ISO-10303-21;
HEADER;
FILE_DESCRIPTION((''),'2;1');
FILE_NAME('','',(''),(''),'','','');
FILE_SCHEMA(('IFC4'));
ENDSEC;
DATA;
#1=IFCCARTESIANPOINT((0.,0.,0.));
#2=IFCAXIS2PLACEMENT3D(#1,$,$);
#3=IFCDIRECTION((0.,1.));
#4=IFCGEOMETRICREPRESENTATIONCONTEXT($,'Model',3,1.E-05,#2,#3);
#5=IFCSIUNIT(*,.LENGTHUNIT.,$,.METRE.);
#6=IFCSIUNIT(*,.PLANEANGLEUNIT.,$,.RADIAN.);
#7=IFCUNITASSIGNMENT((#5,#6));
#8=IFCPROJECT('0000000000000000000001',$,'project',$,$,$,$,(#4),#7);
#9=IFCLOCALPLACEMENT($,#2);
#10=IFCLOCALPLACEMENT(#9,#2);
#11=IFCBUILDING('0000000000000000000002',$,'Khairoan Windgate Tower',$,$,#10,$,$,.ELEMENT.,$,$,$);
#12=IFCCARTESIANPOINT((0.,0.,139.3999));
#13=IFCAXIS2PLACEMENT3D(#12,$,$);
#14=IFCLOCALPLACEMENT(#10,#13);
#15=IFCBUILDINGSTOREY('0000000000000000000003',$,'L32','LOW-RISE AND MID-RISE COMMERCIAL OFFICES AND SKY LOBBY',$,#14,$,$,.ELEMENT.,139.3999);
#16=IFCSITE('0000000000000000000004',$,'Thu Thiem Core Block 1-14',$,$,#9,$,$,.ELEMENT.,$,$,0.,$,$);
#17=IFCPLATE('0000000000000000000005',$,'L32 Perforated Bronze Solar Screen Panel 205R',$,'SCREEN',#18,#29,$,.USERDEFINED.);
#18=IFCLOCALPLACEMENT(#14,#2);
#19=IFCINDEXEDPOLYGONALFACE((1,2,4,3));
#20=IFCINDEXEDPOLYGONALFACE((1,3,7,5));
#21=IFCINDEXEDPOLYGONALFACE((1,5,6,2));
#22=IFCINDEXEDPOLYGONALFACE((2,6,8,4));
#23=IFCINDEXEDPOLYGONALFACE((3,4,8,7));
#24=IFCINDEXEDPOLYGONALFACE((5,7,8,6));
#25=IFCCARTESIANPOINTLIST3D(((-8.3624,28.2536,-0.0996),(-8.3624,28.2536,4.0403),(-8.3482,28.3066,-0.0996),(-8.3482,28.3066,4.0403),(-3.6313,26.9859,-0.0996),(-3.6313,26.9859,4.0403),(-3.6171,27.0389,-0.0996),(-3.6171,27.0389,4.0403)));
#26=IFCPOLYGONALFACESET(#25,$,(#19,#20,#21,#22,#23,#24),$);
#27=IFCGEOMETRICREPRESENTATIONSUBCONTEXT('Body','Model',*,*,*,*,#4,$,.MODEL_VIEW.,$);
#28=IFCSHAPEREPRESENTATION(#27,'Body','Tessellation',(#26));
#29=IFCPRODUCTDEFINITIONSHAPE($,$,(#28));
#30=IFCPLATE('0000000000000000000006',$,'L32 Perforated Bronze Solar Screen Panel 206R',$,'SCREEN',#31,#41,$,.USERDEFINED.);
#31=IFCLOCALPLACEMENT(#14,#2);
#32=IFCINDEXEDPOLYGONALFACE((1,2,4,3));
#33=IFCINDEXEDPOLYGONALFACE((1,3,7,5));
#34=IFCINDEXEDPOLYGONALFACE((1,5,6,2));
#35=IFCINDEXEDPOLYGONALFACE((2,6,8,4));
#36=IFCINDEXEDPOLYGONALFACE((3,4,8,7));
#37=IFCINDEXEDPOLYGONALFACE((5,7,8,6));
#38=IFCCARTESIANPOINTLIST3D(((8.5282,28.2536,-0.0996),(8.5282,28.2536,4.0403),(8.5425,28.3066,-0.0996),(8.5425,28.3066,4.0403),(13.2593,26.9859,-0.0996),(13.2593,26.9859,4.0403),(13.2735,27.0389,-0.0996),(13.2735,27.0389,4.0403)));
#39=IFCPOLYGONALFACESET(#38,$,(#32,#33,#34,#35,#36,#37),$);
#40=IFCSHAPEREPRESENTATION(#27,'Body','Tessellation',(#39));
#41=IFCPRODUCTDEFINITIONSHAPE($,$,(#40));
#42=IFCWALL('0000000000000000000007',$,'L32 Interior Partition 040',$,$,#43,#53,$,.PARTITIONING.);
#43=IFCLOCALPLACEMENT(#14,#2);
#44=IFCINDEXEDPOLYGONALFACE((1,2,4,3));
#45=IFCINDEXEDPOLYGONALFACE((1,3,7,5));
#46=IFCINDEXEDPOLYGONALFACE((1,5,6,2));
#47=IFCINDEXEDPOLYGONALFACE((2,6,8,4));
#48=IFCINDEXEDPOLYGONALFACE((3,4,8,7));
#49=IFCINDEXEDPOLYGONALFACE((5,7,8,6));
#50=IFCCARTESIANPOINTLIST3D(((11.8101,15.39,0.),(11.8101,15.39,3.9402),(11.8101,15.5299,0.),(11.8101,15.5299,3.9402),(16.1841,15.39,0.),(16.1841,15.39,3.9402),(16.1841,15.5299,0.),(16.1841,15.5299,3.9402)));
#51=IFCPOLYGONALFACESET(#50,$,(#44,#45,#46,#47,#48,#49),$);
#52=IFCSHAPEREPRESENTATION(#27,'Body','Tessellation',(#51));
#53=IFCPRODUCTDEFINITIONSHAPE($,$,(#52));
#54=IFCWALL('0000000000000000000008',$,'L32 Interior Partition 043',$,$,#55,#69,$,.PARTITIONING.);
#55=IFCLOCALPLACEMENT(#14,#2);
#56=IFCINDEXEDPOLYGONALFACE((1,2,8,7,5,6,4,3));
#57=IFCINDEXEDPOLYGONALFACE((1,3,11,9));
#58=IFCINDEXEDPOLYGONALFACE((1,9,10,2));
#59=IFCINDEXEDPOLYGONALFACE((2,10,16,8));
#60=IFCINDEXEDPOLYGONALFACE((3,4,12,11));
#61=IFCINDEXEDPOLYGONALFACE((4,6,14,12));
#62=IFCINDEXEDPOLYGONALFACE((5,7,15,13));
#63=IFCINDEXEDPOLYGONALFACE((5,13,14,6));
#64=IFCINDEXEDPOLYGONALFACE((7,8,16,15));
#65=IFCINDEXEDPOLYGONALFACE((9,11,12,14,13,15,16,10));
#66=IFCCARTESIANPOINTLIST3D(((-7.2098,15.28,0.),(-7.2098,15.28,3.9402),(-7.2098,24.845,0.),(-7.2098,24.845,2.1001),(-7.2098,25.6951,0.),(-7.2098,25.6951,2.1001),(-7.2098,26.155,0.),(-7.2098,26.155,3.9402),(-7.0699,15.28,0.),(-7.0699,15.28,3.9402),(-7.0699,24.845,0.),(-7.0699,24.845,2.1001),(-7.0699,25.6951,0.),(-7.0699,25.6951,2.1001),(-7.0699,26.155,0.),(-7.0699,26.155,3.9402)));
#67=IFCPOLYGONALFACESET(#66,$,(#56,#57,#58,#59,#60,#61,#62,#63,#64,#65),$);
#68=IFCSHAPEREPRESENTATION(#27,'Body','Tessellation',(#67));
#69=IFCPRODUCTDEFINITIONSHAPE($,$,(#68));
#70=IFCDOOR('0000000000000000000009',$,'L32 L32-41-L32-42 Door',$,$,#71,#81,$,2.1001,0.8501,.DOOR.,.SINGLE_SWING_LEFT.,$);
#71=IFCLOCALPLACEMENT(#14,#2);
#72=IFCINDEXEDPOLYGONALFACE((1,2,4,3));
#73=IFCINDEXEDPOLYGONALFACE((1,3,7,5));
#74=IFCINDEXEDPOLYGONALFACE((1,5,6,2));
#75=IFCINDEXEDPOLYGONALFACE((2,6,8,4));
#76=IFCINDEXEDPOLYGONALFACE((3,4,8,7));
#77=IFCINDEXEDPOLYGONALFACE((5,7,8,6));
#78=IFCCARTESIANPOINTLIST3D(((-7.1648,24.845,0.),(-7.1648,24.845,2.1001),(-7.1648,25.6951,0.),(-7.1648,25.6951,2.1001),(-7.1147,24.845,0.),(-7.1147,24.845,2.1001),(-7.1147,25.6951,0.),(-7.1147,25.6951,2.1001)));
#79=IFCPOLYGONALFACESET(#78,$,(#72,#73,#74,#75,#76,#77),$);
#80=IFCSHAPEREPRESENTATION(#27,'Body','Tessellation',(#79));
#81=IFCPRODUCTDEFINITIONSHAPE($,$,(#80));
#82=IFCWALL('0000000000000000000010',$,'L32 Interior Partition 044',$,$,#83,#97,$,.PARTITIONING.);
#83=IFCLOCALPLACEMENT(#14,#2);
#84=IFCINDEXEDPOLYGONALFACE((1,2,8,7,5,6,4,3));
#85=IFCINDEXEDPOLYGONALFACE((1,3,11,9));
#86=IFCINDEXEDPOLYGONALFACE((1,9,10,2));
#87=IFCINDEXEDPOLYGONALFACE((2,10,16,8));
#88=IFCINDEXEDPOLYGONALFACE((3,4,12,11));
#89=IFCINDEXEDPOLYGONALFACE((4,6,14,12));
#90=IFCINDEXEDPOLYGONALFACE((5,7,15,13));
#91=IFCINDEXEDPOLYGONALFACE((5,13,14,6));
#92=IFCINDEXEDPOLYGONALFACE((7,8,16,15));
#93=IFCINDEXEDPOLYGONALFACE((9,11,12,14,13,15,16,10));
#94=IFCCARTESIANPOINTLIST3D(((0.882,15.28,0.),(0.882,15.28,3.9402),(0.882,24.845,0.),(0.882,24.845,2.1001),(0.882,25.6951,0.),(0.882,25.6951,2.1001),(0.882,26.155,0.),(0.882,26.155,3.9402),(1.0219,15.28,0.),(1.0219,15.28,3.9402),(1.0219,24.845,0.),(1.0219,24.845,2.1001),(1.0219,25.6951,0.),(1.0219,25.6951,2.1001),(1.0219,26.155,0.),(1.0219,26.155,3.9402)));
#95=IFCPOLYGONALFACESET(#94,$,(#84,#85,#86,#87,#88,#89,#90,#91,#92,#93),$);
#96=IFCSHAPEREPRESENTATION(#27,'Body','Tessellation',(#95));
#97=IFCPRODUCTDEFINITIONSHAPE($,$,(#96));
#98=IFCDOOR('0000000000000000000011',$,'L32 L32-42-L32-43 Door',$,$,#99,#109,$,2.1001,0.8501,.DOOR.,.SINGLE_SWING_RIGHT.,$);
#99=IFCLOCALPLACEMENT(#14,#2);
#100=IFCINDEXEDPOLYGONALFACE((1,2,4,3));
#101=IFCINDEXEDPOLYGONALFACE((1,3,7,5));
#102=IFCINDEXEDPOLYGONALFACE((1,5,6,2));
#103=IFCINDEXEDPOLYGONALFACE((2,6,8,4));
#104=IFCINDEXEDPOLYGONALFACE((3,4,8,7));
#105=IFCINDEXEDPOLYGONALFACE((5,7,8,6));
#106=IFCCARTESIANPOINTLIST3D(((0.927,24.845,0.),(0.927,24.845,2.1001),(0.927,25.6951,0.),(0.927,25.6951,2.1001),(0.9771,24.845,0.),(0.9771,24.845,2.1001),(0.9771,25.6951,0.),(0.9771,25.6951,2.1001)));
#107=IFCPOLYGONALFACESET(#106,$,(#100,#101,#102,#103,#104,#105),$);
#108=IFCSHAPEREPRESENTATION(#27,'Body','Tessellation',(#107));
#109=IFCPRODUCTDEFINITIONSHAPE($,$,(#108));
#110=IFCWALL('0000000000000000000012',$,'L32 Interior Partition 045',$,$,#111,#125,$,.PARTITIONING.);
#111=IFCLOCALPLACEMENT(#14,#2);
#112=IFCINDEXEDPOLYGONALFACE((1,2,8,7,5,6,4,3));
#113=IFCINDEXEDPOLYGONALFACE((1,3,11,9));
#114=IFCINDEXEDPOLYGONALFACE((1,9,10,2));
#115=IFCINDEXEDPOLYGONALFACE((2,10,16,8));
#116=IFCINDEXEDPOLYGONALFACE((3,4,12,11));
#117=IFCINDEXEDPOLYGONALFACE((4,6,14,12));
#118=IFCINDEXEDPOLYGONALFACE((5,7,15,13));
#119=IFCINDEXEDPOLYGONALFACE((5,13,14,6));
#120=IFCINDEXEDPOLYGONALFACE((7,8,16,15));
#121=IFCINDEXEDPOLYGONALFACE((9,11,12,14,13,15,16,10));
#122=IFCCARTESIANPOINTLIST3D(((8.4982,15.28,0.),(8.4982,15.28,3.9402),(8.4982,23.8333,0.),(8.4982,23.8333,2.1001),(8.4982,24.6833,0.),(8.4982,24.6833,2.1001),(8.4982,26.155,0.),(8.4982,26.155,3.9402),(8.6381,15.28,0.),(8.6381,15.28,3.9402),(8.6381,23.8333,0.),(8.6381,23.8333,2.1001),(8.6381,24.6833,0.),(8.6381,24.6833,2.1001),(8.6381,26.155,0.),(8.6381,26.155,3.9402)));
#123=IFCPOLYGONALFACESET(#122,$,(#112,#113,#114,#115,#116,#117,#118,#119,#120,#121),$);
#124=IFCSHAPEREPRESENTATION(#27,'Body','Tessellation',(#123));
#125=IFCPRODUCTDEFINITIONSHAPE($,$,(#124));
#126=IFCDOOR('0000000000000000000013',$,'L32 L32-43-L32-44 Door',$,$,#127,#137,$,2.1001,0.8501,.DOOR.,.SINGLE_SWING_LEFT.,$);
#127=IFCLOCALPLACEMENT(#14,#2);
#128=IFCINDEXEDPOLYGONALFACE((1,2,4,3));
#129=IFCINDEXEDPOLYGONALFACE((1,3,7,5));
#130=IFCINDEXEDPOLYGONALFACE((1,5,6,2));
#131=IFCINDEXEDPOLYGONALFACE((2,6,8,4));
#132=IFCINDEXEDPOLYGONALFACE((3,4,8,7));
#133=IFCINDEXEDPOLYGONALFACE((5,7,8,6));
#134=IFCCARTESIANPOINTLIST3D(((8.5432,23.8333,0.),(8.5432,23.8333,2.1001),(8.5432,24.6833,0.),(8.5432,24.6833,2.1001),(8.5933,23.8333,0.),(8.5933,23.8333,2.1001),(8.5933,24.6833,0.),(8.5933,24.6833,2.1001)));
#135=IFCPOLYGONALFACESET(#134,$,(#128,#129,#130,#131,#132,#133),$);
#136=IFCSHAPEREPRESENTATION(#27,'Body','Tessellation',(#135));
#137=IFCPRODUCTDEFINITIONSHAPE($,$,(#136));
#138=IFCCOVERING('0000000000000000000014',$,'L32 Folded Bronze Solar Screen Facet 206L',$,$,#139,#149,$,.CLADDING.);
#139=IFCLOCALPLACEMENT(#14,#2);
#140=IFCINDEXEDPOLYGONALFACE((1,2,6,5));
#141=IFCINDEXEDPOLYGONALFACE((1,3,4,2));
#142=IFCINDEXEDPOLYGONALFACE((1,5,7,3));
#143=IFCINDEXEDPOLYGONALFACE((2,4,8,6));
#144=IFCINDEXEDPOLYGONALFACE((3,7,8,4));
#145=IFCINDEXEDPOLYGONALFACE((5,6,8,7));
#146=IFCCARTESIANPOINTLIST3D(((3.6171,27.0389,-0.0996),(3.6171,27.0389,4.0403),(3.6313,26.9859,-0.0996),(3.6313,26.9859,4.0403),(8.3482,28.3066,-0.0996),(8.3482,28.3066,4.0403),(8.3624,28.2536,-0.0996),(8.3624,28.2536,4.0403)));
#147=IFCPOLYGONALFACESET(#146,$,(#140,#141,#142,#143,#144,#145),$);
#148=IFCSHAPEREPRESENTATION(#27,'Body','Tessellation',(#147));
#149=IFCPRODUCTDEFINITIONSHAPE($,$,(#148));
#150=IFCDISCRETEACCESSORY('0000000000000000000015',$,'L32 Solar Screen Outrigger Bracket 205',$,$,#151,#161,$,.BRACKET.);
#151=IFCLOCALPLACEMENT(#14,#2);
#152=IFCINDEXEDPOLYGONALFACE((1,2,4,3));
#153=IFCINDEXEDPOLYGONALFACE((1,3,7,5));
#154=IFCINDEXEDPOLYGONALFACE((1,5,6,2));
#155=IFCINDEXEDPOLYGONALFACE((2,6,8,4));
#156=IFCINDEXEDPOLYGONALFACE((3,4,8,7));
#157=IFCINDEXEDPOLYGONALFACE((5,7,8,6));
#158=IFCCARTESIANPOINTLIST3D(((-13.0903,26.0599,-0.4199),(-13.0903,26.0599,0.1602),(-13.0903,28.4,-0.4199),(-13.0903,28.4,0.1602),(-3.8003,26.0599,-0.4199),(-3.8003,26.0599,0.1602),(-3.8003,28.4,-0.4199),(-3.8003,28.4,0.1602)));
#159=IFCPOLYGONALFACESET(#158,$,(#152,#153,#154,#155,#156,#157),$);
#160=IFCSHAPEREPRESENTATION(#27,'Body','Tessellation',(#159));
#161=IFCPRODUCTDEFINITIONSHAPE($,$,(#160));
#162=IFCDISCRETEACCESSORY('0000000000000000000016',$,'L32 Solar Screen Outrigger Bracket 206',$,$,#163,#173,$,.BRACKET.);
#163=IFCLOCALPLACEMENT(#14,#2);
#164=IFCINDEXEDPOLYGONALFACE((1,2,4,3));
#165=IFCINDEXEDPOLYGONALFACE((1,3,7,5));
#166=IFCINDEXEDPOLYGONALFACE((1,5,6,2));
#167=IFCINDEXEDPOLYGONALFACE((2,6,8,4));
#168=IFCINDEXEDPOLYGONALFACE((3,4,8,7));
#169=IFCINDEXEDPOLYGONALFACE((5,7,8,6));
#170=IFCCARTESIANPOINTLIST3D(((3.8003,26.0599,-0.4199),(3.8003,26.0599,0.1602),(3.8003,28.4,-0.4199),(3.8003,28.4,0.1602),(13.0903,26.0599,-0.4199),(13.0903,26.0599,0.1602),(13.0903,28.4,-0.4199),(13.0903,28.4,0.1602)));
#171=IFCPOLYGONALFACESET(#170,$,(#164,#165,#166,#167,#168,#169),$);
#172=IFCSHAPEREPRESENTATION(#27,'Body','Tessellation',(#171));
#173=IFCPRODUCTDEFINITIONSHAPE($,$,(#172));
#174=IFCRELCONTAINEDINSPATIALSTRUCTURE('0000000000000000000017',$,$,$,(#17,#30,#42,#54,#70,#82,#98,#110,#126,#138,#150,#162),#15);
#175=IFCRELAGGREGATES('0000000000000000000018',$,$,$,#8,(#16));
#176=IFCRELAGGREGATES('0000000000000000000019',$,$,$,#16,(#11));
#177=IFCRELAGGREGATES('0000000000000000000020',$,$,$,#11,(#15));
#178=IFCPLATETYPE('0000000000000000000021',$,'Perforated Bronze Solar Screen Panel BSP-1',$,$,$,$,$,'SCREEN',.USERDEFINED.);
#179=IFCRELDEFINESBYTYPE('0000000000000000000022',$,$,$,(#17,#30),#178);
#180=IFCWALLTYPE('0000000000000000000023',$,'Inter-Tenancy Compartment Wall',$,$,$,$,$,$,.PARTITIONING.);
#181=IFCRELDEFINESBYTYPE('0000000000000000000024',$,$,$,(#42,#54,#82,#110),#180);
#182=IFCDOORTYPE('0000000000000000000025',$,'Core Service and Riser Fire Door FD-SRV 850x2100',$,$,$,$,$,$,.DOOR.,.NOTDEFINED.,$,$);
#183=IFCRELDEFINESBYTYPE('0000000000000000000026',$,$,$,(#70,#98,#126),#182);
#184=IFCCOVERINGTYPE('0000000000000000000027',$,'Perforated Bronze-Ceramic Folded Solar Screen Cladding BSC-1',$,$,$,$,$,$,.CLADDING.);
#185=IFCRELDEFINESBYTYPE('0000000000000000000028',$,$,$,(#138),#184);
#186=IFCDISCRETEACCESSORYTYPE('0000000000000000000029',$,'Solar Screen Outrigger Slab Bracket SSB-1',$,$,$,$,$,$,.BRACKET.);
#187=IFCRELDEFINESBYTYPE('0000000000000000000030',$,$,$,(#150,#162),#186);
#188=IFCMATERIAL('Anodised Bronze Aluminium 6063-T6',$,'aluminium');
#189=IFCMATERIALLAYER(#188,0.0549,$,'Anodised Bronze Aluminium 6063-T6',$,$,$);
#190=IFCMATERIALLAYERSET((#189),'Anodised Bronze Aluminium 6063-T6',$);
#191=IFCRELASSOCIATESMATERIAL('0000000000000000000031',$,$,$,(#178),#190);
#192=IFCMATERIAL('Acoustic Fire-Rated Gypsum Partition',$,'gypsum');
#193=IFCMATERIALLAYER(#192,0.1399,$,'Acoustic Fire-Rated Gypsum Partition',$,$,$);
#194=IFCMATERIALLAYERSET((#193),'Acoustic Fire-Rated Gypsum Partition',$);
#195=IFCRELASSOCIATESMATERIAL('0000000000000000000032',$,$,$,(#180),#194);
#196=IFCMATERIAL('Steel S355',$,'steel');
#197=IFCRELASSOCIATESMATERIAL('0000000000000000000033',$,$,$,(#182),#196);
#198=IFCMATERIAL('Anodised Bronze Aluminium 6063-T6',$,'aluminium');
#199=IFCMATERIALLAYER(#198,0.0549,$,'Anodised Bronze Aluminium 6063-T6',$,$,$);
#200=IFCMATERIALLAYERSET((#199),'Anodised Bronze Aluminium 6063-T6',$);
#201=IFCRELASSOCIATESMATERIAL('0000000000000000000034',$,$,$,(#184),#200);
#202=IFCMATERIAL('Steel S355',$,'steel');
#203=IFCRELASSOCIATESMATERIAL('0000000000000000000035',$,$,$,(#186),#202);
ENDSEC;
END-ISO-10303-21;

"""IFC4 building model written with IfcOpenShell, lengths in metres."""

from ifc_helpers import new_model, si_unit, direction, frame, frame_2d, origin, origin_2d, place, context, subcontext, project, spatial, rectangle, extrude, material, layer, layer_set, type_object, element, fill, save


model = new_model("IFC4")

# Units and contexts
model_context = context("Model", 3, precision=1e-05, world=origin(), true_north=direction((0.0, 1.0)))
body_context = subcontext(model_context, "Body", "Model", "MODEL_VIEW")
ifc_project = project(units=[si_unit("LENGTHUNIT", "METRE"), si_unit("PLANEANGLEUNIT", "RADIAN")], contexts=[model_context])

# Site, building, storey
site_placement = place(None, origin())
site = spatial("IfcSite", under=ifc_project, at=site_placement, Name="Thu Thiem Core Block 1-14", CompositionType="ELEMENT", RefElevation=0.0)
building_placement = place(site_placement, origin())
building = spatial("IfcBuilding", under=site, at=building_placement, Name="Khairoan Windgate Tower", CompositionType="ELEMENT")
storey_placement = place(building_placement, frame((0.0, 0.0, 139.3999)))
storey = spatial("IfcBuildingStorey", under=building, at=storey_placement, Name="L32", Description="LOW-RISE AND MID-RISE COMMERCIAL OFFICES AND SKY LOBBY", CompositionType="ELEMENT", Elevation=139.3999)

# Plates
ifc_material_1 = material(Name="Anodised Bronze Aluminium 6063-T6", Category="aluminium")
ifc_layer_1 = layer(ifc_material_1, 0.0549, Name="Anodised Bronze Aluminium 6063-T6")
ifc_layer_set_1 = layer_set([ifc_layer_1], Name="Anodised Bronze Aluminium 6063-T6")
plate_type = type_object("IfcPlateType", Name="Perforated Bronze Solar Screen Panel BSP-1", ElementType="SCREEN", PredefinedType="USERDEFINED", material=ifc_layer_set_1)
for number, where, z_axis, x_axis, name in (
    (1, (-5.9897, 27.6462, -0.0996), (0.0, 0.0, 1.0), (0.965926, -0.258819, 0.0), "L32 Perforated Bronze Solar Screen Panel 205R"),
    (2, (10.9009, 27.6462, -0.0996), (0.0, 0.0, 1.0), (0.965926, -0.258819, 0.0), "L32 Perforated Bronze Solar Screen Panel 206R"),
):
    element("IfcPlate", number, at=place(storey_placement, frame(where, z_axis=z_axis, x_axis=x_axis)), inside=storey, type_object=plate_type, Name=name, ObjectType="SCREEN", PredefinedType="USERDEFINED", context=body_context, shape_type="SweptSolid", body=[
        extrude(rectangle(XDim=4.8979, YDim=0.0549, at=origin_2d()), origin(), (0.0, 0.0, 1.0), 4.1399),
    ])

# Wall
ifc_material_2 = material(Name="Acoustic Fire-Rated Gypsum Partition", Category="gypsum")
ifc_layer_2 = layer(ifc_material_2, 0.1399, Name="Acoustic Fire-Rated Gypsum Partition")
ifc_layer_set_2 = layer_set([ifc_layer_2], Name="Acoustic Fire-Rated Gypsum Partition")
wall_type = type_object("IfcWallType", Name="Inter-Tenancy Compartment Wall", PredefinedType="PARTITIONING", material=ifc_layer_set_2)
wall_1_placement = place(storey_placement, frame((11.8101, 15.46, 0.0), z_axis=(0.0, 0.0, 1.0), x_axis=(1.0, 0.0, 0.0)))
element("IfcWall", 3, at=wall_1_placement, inside=storey, type_object=wall_type, Name="L32 Interior Partition 040", PredefinedType="PARTITIONING", context=body_context, shape_type="SweptSolid", body=[
    extrude(rectangle(XDim=4.374, YDim=0.1399, at=frame_2d((2.187, 0.0))), origin(), (0.0, 0.0, 1.0), 3.9402),
])

# Walls, openings, doors
wall_2_placement = place(storey_placement, frame((-7.1399, 15.28, 0.0), z_axis=(0.0, 0.0, 1.0), x_axis=(0.0, 1.0, 0.0)))
wall_2 = element("IfcWall", 4, at=wall_2_placement, inside=storey, type_object=wall_type, Name="L32 Interior Partition 043", PredefinedType="PARTITIONING", context=body_context, shape_type="SweptSolid", body=[
    extrude(rectangle(XDim=10.875, YDim=0.1399, at=frame_2d((5.4375, 0.0))), origin(), (0.0, 0.0, 1.0), 3.9402),
])
opening_1_placement = place(wall_2_placement, frame((9.5649, 0.0, 0.0)))
opening_1 = element("IfcOpeningElement", 5, at=opening_1_placement, cuts=wall_2, PredefinedType="OPENING", context=body_context, shape_type="SweptSolid", body=[
    extrude(rectangle(XDim=0.8501, YDim=2.1001, at=frame_2d((0.425, 1.05))), frame((0.0, 0.0798, 0.0), z_axis=(0.0, -1.0, 0.0), x_axis=(1.0, 0.0, 0.0)), (0.0, 0.0, 1.0), 0.1599),
])
ifc_material_3 = material(Name="Steel S355", Category="steel")
door_type = type_object("IfcDoorType", Name="Core Service and Riser Fire Door FD-SRV 850x2100", OperationType="NOTDEFINED", PredefinedType="DOOR", material=ifc_material_3)
door_1_placement = place(opening_1_placement, origin())
door_1 = element("IfcDoor", 6, at=door_1_placement, inside=storey, type_object=door_type, Name="L32 L32-41-L32-42 Door", OperationType="SINGLE_SWING_LEFT", OverallHeight=2.1001, OverallWidth=0.8501, PredefinedType="DOOR", context=body_context, shape_type="SweptSolid", body=[
    extrude(rectangle(XDim=0.8501, YDim=2.1001, at=frame_2d((0.425, 1.05))), frame((0.0, 0.0249, 0.0), z_axis=(0.0, -1.0, 0.0), x_axis=(1.0, 0.0, 0.0)), (0.0, 0.0, 1.0), 0.05),
])
fill(opening_1, door_1)
wall_3_placement = place(storey_placement, frame((0.9519, 15.28, 0.0), z_axis=(0.0, 0.0, 1.0), x_axis=(0.0, 1.0, 0.0)))
wall_3 = element("IfcWall", 7, at=wall_3_placement, inside=storey, type_object=wall_type, Name="L32 Interior Partition 044", PredefinedType="PARTITIONING", context=body_context, shape_type="SweptSolid", body=[
    extrude(rectangle(XDim=10.875, YDim=0.1399, at=frame_2d((5.4375, 0.0))), origin(), (0.0, 0.0, 1.0), 3.9402),
])
opening_2_placement = place(wall_3_placement, frame((9.5649, 0.0, 0.0)))
opening_2 = element("IfcOpeningElement", 8, at=opening_2_placement, cuts=wall_3, PredefinedType="OPENING", context=body_context, shape_type="SweptSolid", body=[
    extrude(rectangle(XDim=0.8501, YDim=2.1001, at=frame_2d((0.425, 1.05))), frame((0.0, 0.0798, 0.0), z_axis=(0.0, -1.0, 0.0), x_axis=(1.0, 0.0, 0.0)), (0.0, 0.0, 1.0), 0.1599),
])
door_2_placement = place(opening_2_placement, origin())
door_2 = element("IfcDoor", 9, at=door_2_placement, inside=storey, type_object=door_type, Name="L32 L32-42-L32-43 Door", OperationType="SINGLE_SWING_RIGHT", OverallHeight=2.1001, OverallWidth=0.8501, PredefinedType="DOOR", context=body_context, shape_type="SweptSolid", body=[
    extrude(rectangle(XDim=0.8501, YDim=2.1001, at=frame_2d((0.425, 1.05))), frame((0.0, 0.0249, 0.0), z_axis=(0.0, -1.0, 0.0), x_axis=(1.0, 0.0, 0.0)), (0.0, 0.0, 1.0), 0.05),
])
fill(opening_2, door_2)
wall_4_placement = place(storey_placement, frame((8.5681, 15.28, 0.0), z_axis=(0.0, 0.0, 1.0), x_axis=(0.0, 1.0, 0.0)))
wall_4 = element("IfcWall", 10, at=wall_4_placement, inside=storey, type_object=wall_type, Name="L32 Interior Partition 045", PredefinedType="PARTITIONING", context=body_context, shape_type="SweptSolid", body=[
    extrude(rectangle(XDim=10.875, YDim=0.1399, at=frame_2d((5.4375, 0.0))), origin(), (0.0, 0.0, 1.0), 3.9402),
])
opening_3_placement = place(wall_4_placement, frame((8.5532, 0.0, 0.0)))
opening_3 = element("IfcOpeningElement", 11, at=opening_3_placement, cuts=wall_4, PredefinedType="OPENING", context=body_context, shape_type="SweptSolid", body=[
    extrude(rectangle(XDim=0.8501, YDim=2.1001, at=frame_2d((0.425, 1.05))), frame((0.0, 0.0798, 0.0), z_axis=(0.0, -1.0, 0.0), x_axis=(1.0, 0.0, 0.0)), (0.0, 0.0, 1.0), 0.1599),
])
door_3_placement = place(opening_3_placement, origin())
door_3 = element("IfcDoor", 12, at=door_3_placement, inside=storey, type_object=door_type, Name="L32 L32-43-L32-44 Door", OperationType="SINGLE_SWING_LEFT", OverallHeight=2.1001, OverallWidth=0.8501, PredefinedType="DOOR", context=body_context, shape_type="SweptSolid", body=[
    extrude(rectangle(XDim=0.8501, YDim=2.1001, at=frame_2d((0.425, 1.05))), frame((0.0, 0.0249, 0.0), z_axis=(0.0, -1.0, 0.0), x_axis=(1.0, 0.0, 0.0)), (0.0, 0.0, 1.0), 0.05),
])
fill(opening_3, door_3)

# Covering
ifc_material_4 = material(Name="Anodised Bronze Aluminium 6063-T6", Category="aluminium")
ifc_layer_3 = layer(ifc_material_4, 0.0549, Name="Anodised Bronze Aluminium 6063-T6")
ifc_layer_set_3 = layer_set([ifc_layer_3], Name="Anodised Bronze Aluminium 6063-T6")
covering_type = type_object("IfcCoveringType", Name="Perforated Bronze-Ceramic Folded Solar Screen Cladding BSC-1", PredefinedType="CLADDING", material=ifc_layer_set_3)
covering_placement = place(storey_placement, frame((5.9897, 27.6462, -0.0996), z_axis=(0.0, 0.0, 1.0), x_axis=(0.965926, 0.258819, 0.0)))
element("IfcCovering", 13, at=covering_placement, inside=storey, type_object=covering_type, Name="L32 Folded Bronze Solar Screen Facet 206L", PredefinedType="CLADDING", context=body_context, shape_type="SweptSolid", body=[
    extrude(rectangle(XDim=4.8979, YDim=0.0549, at=origin_2d()), origin(), (0.0, 0.0, 1.0), 4.1399),
])

# Discrete accessories
ifc_material_5 = material(Name="Steel S355", Category="steel")
discrete_accessory_type = type_object("IfcDiscreteAccessoryType", Name="Solar Screen Outrigger Slab Bracket SSB-1", PredefinedType="BRACKET", material=ifc_material_5)
for number, where, z_axis, x_axis, name in (
    (14, (-8.4453, 27.23, -0.4199), (0.0, 0.0, 1.0), (1.0, 0.0, 0.0), "L32 Solar Screen Outrigger Bracket 205"),
    (15, (8.4453, 27.23, -0.4199), (0.0, 0.0, 1.0), (1.0, 0.0, 0.0), "L32 Solar Screen Outrigger Bracket 206"),
):
    element("IfcDiscreteAccessory", number, at=place(storey_placement, frame(where, z_axis=z_axis, x_axis=x_axis)), inside=storey, type_object=discrete_accessory_type, Name=name, PredefinedType="BRACKET", context=body_context, shape_type="SweptSolid", body=[
        extrude(rectangle(XDim=9.29, YDim=2.3401, at=origin_2d()), origin(), (0.0, 0.0, 1.0), 0.5801),
    ])

save(model, "model.ifc")
